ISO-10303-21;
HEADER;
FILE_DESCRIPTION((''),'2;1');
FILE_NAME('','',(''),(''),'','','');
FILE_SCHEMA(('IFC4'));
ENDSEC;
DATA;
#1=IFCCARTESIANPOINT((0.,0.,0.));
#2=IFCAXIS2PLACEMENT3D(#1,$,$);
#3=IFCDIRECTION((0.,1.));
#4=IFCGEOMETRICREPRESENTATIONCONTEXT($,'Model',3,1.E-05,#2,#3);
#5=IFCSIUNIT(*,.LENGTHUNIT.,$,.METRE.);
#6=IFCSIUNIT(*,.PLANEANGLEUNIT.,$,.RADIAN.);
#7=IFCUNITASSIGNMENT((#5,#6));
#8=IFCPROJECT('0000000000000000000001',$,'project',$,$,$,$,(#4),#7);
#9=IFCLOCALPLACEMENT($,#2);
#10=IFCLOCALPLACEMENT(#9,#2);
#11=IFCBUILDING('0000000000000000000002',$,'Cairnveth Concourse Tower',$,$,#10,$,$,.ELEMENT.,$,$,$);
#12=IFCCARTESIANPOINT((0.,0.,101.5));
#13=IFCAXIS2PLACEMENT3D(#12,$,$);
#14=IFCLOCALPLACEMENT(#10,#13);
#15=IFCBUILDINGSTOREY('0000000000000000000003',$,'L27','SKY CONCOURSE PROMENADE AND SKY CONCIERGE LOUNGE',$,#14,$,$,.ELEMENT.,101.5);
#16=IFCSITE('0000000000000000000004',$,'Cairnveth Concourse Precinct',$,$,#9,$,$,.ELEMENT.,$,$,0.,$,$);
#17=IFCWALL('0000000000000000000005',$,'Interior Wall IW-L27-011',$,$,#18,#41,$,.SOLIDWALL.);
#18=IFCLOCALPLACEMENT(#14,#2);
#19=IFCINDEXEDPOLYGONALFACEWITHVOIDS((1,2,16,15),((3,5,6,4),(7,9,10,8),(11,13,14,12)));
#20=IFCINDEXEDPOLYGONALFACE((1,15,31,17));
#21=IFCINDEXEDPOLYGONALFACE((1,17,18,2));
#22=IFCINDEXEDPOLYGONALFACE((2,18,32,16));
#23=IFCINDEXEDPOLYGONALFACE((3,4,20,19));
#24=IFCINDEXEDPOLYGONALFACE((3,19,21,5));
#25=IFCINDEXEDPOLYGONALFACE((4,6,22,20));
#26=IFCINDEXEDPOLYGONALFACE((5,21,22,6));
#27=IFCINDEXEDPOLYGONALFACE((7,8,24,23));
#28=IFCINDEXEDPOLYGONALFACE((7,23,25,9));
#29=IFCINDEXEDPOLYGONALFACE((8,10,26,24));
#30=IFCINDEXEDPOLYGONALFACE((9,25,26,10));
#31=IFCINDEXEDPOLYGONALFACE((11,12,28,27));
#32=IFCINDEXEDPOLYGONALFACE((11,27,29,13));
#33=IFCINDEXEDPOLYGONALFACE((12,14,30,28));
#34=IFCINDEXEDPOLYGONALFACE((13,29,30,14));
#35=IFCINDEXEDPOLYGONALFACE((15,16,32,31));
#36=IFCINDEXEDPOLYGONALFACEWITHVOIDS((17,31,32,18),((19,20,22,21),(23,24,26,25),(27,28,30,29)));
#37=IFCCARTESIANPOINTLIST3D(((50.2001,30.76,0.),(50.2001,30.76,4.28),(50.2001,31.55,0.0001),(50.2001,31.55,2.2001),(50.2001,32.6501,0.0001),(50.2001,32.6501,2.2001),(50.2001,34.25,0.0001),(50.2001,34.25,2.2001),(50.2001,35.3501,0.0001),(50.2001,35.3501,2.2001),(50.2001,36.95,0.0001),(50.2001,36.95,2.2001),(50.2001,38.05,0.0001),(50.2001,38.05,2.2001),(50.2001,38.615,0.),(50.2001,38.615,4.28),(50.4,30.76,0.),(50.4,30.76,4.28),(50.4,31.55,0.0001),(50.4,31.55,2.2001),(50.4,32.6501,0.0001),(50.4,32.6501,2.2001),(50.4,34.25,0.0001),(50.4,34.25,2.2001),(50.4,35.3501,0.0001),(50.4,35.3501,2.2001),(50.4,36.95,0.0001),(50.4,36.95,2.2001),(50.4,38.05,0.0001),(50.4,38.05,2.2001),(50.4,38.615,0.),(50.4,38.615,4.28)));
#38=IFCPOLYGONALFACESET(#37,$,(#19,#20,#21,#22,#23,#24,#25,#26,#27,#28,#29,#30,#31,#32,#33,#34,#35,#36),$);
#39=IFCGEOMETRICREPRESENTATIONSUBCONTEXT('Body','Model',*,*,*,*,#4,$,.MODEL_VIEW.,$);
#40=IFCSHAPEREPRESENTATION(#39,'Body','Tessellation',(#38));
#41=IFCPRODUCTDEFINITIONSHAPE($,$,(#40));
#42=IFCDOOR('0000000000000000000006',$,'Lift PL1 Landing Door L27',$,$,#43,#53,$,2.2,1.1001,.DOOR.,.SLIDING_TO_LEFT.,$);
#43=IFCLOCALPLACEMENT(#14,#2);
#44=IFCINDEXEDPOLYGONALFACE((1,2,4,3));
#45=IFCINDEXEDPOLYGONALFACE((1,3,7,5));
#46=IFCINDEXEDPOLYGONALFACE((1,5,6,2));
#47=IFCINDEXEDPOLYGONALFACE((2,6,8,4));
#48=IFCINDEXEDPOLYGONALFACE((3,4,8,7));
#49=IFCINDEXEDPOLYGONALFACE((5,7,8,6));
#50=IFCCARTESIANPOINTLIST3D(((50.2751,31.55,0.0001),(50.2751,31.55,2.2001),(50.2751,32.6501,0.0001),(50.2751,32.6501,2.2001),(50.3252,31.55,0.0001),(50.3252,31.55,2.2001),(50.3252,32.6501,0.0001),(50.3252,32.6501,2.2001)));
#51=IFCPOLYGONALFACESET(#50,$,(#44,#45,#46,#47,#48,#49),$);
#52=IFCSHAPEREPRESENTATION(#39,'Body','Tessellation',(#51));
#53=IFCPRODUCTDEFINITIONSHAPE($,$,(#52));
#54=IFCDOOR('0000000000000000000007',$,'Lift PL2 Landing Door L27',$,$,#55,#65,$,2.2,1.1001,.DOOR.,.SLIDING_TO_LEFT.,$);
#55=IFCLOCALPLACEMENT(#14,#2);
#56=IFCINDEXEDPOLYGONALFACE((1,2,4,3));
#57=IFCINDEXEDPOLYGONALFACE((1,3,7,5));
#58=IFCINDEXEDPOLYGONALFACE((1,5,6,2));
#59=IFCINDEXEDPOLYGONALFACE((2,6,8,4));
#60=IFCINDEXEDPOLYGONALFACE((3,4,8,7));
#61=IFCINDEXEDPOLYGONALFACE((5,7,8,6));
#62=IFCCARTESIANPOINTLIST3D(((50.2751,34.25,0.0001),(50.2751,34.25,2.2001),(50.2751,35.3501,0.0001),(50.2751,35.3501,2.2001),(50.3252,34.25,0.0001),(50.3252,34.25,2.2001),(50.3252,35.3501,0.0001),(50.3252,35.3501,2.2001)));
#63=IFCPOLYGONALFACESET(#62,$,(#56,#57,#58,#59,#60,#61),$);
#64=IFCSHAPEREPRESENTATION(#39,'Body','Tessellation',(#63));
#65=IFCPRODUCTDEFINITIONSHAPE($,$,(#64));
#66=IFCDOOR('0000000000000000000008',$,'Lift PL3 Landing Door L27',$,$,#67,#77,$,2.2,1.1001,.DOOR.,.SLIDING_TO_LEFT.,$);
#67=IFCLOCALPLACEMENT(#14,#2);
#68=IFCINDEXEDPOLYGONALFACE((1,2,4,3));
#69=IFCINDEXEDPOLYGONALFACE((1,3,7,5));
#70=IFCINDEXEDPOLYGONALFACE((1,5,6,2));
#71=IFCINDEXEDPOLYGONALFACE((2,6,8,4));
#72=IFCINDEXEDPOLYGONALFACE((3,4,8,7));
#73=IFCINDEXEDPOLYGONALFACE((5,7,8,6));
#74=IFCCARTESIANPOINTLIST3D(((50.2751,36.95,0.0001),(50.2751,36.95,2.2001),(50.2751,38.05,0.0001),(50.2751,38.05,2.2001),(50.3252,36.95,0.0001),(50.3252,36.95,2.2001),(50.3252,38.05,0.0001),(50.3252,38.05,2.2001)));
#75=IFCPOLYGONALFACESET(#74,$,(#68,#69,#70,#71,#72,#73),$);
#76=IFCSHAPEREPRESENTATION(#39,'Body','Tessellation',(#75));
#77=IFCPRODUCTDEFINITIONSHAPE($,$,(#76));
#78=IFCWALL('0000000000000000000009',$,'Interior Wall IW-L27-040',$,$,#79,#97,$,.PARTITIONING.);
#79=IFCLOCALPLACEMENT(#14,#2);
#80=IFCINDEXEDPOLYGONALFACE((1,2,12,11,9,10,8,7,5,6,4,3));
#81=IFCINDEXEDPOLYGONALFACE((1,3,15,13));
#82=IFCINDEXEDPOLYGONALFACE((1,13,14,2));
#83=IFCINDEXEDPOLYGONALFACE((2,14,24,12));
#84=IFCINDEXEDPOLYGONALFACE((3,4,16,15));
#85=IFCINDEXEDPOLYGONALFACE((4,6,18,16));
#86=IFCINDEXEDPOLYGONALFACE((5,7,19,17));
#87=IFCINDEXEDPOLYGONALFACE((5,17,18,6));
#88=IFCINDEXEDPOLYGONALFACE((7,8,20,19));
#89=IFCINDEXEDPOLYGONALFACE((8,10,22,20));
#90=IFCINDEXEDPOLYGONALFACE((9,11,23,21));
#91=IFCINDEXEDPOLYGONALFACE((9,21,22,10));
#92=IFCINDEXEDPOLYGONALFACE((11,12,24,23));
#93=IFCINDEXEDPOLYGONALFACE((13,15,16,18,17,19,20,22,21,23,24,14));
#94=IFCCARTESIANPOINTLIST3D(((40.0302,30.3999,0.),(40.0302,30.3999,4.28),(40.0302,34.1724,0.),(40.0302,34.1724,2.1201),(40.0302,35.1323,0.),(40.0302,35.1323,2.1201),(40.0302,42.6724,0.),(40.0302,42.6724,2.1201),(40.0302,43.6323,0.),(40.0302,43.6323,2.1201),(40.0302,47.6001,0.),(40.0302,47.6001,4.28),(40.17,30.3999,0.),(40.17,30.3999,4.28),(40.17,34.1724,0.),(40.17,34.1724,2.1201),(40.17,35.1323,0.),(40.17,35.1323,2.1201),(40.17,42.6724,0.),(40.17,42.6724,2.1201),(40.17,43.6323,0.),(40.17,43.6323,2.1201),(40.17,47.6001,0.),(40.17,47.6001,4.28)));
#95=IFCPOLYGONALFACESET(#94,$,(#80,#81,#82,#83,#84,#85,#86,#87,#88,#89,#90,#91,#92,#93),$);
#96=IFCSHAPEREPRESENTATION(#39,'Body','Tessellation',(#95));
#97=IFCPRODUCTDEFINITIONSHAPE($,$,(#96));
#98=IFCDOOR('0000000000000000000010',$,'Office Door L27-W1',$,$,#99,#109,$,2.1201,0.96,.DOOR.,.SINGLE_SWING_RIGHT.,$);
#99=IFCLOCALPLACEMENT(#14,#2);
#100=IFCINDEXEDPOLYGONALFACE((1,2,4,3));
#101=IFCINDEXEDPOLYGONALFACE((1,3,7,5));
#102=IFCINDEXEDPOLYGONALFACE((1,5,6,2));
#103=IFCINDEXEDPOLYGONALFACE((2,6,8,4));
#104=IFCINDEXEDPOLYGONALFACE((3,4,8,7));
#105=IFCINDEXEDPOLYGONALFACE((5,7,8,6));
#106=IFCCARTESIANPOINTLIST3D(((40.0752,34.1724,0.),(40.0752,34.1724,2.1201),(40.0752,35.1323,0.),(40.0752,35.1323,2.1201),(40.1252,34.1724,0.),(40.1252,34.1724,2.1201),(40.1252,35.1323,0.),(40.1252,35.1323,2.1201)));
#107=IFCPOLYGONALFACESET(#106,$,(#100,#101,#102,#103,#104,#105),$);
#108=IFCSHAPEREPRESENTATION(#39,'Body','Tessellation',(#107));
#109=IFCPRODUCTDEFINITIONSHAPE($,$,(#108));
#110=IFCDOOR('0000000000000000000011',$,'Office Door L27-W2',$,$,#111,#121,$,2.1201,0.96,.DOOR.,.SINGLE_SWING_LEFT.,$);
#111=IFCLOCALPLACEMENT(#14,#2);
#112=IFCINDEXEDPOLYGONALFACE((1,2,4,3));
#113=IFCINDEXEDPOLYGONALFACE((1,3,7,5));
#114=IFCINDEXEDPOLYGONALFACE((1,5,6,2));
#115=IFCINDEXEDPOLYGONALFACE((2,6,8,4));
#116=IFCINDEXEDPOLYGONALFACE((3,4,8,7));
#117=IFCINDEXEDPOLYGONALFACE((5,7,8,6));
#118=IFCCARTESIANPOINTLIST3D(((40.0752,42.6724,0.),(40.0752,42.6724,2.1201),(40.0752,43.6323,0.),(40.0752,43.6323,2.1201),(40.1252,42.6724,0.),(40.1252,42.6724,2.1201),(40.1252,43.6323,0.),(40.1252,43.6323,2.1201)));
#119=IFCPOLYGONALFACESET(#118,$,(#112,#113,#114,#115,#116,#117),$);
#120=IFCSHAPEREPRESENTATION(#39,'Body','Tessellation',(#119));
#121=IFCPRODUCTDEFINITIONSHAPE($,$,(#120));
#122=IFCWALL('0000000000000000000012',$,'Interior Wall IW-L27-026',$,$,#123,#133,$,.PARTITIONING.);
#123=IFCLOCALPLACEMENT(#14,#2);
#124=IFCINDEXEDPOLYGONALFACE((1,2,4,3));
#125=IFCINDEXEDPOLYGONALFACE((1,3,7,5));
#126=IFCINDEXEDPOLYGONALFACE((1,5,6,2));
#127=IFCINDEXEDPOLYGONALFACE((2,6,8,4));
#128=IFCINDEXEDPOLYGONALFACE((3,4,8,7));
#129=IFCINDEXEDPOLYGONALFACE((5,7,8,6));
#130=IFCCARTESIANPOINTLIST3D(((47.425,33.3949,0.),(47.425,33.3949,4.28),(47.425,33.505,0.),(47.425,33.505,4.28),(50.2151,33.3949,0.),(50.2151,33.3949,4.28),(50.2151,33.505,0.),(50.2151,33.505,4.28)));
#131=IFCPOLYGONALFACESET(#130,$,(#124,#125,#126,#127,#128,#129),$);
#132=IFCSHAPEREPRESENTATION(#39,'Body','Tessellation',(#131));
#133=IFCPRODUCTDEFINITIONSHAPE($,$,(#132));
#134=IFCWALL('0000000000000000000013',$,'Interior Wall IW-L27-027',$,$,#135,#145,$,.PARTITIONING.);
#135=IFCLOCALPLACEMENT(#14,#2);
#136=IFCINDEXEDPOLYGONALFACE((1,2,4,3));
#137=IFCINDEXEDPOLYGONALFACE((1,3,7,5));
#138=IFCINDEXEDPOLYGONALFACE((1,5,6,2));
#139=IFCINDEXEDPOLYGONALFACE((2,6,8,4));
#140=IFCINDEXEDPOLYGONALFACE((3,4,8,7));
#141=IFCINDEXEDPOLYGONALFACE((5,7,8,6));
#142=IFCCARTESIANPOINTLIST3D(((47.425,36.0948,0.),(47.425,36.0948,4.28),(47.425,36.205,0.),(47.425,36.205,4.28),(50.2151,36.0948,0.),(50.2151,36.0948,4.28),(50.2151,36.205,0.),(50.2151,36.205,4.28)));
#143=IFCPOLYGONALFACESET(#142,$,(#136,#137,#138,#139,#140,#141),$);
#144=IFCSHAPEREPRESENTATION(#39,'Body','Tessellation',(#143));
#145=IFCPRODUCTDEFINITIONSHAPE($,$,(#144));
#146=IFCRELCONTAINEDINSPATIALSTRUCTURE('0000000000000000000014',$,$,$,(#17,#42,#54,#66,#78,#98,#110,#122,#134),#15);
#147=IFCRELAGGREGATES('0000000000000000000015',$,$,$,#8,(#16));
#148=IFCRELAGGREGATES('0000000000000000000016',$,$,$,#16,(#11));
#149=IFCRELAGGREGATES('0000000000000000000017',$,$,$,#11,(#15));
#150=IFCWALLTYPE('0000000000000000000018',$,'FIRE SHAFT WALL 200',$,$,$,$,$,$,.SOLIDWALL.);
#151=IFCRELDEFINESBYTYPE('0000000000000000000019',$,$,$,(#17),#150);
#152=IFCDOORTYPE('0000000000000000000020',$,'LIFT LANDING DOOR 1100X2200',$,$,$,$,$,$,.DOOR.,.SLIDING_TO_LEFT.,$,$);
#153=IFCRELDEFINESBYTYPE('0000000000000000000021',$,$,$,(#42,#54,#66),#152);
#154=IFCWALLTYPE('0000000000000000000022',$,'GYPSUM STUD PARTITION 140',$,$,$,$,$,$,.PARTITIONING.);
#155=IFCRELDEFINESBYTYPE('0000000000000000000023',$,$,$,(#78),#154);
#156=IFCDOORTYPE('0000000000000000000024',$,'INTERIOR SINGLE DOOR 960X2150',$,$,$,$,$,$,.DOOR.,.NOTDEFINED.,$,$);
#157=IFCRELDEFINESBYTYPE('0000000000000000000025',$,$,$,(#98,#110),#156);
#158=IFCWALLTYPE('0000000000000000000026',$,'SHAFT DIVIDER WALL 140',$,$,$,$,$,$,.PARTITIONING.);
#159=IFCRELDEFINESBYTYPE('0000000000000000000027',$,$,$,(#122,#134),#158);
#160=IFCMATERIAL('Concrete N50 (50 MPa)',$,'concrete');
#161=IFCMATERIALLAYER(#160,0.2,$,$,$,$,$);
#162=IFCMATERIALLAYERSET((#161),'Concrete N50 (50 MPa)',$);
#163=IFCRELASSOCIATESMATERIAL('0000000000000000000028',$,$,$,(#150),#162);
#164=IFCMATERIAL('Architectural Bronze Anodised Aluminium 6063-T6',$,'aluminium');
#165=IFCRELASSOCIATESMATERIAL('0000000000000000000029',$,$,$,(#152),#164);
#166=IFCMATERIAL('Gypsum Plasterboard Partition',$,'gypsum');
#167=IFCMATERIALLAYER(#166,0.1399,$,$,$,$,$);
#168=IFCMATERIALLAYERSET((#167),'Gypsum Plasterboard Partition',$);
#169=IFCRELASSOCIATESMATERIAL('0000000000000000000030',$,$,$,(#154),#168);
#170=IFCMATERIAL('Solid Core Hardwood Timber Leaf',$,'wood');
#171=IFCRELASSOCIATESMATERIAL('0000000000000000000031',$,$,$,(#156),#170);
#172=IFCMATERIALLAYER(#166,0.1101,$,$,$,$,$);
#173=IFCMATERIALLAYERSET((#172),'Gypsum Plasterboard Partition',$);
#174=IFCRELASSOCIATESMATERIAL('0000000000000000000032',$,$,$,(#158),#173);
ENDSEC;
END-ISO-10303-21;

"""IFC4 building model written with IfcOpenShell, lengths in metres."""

from ifc_helpers import new_model, si_unit, direction, frame, frame_2d, origin, place, context, subcontext, project, spatial, rectangle, extrude, material, layer, layer_set, type_object, element, fill, save


model = new_model("IFC4")

# Units and contexts
model_context = context("Model", 3, precision=1e-05, world=origin(), true_north=direction((0.0, 1.0)))
body_context = subcontext(model_context, "Body", "Model", "MODEL_VIEW")
ifc_project = project(units=[si_unit("LENGTHUNIT", "METRE"), si_unit("PLANEANGLEUNIT", "RADIAN")], contexts=[model_context])

# Site, building, storey
site_placement = place(None, origin())
site = spatial("IfcSite", under=ifc_project, at=site_placement, Name="Cairnveth Concourse Precinct", CompositionType="ELEMENT", RefElevation=0.0)
building_placement = place(site_placement, origin())
building = spatial("IfcBuilding", under=site, at=building_placement, Name="Cairnveth Concourse Tower", CompositionType="ELEMENT")
storey_placement = place(building_placement, frame((0.0, 0.0, 101.5)))
storey = spatial("IfcBuildingStorey", under=building, at=storey_placement, Name="L27", Description="SKY CONCOURSE PROMENADE AND SKY CONCIERGE LOUNGE", CompositionType="ELEMENT", Elevation=101.5)

# Shared definitions
ifc_material_1 = material(Name="Concrete N50 (50 MPa)", Category="concrete")

# Walls, openings, doors
ifc_layer_1 = layer(ifc_material_1, 0.2)
ifc_layer_set_1 = layer_set([ifc_layer_1], Name="Concrete N50 (50 MPa)")
wall_type_1 = type_object("IfcWallType", Name="FIRE SHAFT WALL 200", PredefinedType="SOLIDWALL", material=ifc_layer_set_1)
wall_1_placement = place(storey_placement, frame((50.3, 30.76, 0.0), z_axis=(0.0, 0.0, 1.0), x_axis=(0.0, 1.0, 0.0)))
wall_1 = element("IfcWall", 1, at=wall_1_placement, inside=storey, type_object=wall_type_1, Name="Interior Wall IW-L27-011", PredefinedType="SOLIDWALL", context=body_context, shape_type="SweptSolid", body=[
    extrude(rectangle(XDim=7.855, YDim=0.2, at=frame_2d((3.9275, 0.0))), origin(), (0.0, 0.0, 1.0), 4.28),
])
opening_1_placement = place(wall_1_placement, frame((0.79, 0.0, 0.0)))
opening_1 = element("IfcOpeningElement", 2, at=opening_1_placement, cuts=wall_1, PredefinedType="OPENING", context=body_context, shape_type="SweptSolid", body=[
    extrude(rectangle(XDim=1.1001, YDim=2.2, at=frame_2d((0.55, 1.1001))), frame((0.0, 0.1099, 0.0), z_axis=(0.0, -1.0, 0.0), x_axis=(1.0, 0.0, 0.0)), (0.0, 0.0, 1.0), 0.22),
])
opening_2_placement = place(wall_1_placement, frame((3.49, 0.0, 0.0)))
opening_2 = element("IfcOpeningElement", 3, at=opening_2_placement, cuts=wall_1, PredefinedType="OPENING", context=body_context, shape_type="SweptSolid", body=[
    extrude(rectangle(XDim=1.1001, YDim=2.2, at=frame_2d((0.55, 1.1001))), frame((0.0, 0.1099, 0.0), z_axis=(0.0, -1.0, 0.0), x_axis=(1.0, 0.0, 0.0)), (0.0, 0.0, 1.0), 0.22),
])
opening_3_placement = place(wall_1_placement, frame((6.1899, 0.0, 0.0)))
opening_3 = element("IfcOpeningElement", 4, at=opening_3_placement, cuts=wall_1, PredefinedType="OPENING", context=body_context, shape_type="SweptSolid", body=[
    extrude(rectangle(XDim=1.1001, YDim=2.2, at=frame_2d((0.55, 1.1001))), frame((0.0, 0.1099, 0.0), z_axis=(0.0, -1.0, 0.0), x_axis=(1.0, 0.0, 0.0)), (0.0, 0.0, 1.0), 0.22),
])
ifc_material_2 = material(Name="Architectural Bronze Anodised Aluminium 6063-T6", Category="aluminium")
door_type_1 = type_object("IfcDoorType", Name="LIFT LANDING DOOR 1100X2200", OperationType="SLIDING_TO_LEFT", PredefinedType="DOOR", material=ifc_material_2)
door_1_placement = place(opening_1_placement, origin())
door_1 = element("IfcDoor", 5, at=door_1_placement, inside=storey, type_object=door_type_1, Name="Lift PL1 Landing Door L27", OperationType="SLIDING_TO_LEFT", OverallHeight=2.2, OverallWidth=1.1001, PredefinedType="DOOR", context=body_context, shape_type="SweptSolid", body=[
    extrude(rectangle(XDim=1.1001, YDim=2.2, at=frame_2d((0.55, 1.1001))), frame((0.0, 0.0249, 0.0), z_axis=(0.0, -1.0, 0.0), x_axis=(1.0, 0.0, 0.0)), (0.0, 0.0, 1.0), 0.05),
])
fill(opening_1, door_1)
door_2_placement = place(opening_2_placement, origin())
door_2 = element("IfcDoor", 6, at=door_2_placement, inside=storey, type_object=door_type_1, Name="Lift PL2 Landing Door L27", OperationType="SLIDING_TO_LEFT", OverallHeight=2.2, OverallWidth=1.1001, PredefinedType="DOOR", context=body_context, shape_type="SweptSolid", body=[
    extrude(rectangle(XDim=1.1001, YDim=2.2, at=frame_2d((0.55, 1.1001))), frame((0.0, 0.0249, 0.0), z_axis=(0.0, -1.0, 0.0), x_axis=(1.0, 0.0, 0.0)), (0.0, 0.0, 1.0), 0.05),
])
fill(opening_2, door_2)
door_3_placement = place(opening_3_placement, origin())
door_3 = element("IfcDoor", 7, at=door_3_placement, inside=storey, type_object=door_type_1, Name="Lift PL3 Landing Door L27", OperationType="SLIDING_TO_LEFT", OverallHeight=2.2, OverallWidth=1.1001, PredefinedType="DOOR", context=body_context, shape_type="SweptSolid", body=[
    extrude(rectangle(XDim=1.1001, YDim=2.2, at=frame_2d((0.55, 1.1001))), frame((0.0, 0.0249, 0.0), z_axis=(0.0, -1.0, 0.0), x_axis=(1.0, 0.0, 0.0)), (0.0, 0.0, 1.0), 0.05),
])
fill(opening_3, door_3)
ifc_material_3 = material(Name="Gypsum Plasterboard Partition", Category="gypsum")
ifc_layer_2 = layer(ifc_material_3, 0.1399)
ifc_layer_set_2 = layer_set([ifc_layer_2], Name="Gypsum Plasterboard Partition")
wall_type_2 = type_object("IfcWallType", Name="GYPSUM STUD PARTITION 140", PredefinedType="PARTITIONING", material=ifc_layer_set_2)
wall_2_placement = place(storey_placement, frame((40.1001, 30.3999, 0.0), z_axis=(0.0, 0.0, 1.0), x_axis=(0.0, 1.0, 0.0)))
wall_2 = element("IfcWall", 8, at=wall_2_placement, inside=storey, type_object=wall_type_2, Name="Interior Wall IW-L27-040", PredefinedType="PARTITIONING", context=body_context, shape_type="SweptSolid", body=[
    extrude(rectangle(XDim=17.2002, YDim=0.1399, at=frame_2d((8.6001, 0.0))), origin(), (0.0, 0.0, 1.0), 4.28),
])
opening_4_placement = place(wall_2_placement, frame((3.7725, 0.0, 0.0)))
opening_4 = element("IfcOpeningElement", 9, at=opening_4_placement, cuts=wall_2, PredefinedType="OPENING", context=body_context, shape_type="SweptSolid", body=[
    extrude(rectangle(XDim=0.96, YDim=2.1201, at=frame_2d((0.48, 1.0601))), frame((0.0, 0.0798, 0.0), z_axis=(0.0, -1.0, 0.0), x_axis=(1.0, 0.0, 0.0)), (0.0, 0.0, 1.0), 0.1599),
])
opening_5_placement = place(wall_2_placement, frame((12.2725, 0.0, 0.0)))
opening_5 = element("IfcOpeningElement", 10, at=opening_5_placement, cuts=wall_2, PredefinedType="OPENING", context=body_context, shape_type="SweptSolid", body=[
    extrude(rectangle(XDim=0.96, YDim=2.1201, at=frame_2d((0.48, 1.0601))), frame((0.0, 0.0798, 0.0), z_axis=(0.0, -1.0, 0.0), x_axis=(1.0, 0.0, 0.0)), (0.0, 0.0, 1.0), 0.1599),
])
ifc_material_4 = material(Name="Solid Core Hardwood Timber Leaf", Category="wood")
door_type_2 = type_object("IfcDoorType", Name="INTERIOR SINGLE DOOR 960X2150", OperationType="NOTDEFINED", PredefinedType="DOOR", material=ifc_material_4)
door_4_placement = place(opening_4_placement, origin())
door_4 = element("IfcDoor", 11, at=door_4_placement, inside=storey, type_object=door_type_2, Name="Office Door L27-W1", OperationType="SINGLE_SWING_RIGHT", OverallHeight=2.1201, OverallWidth=0.96, PredefinedType="DOOR", context=body_context, shape_type="SweptSolid", body=[
    extrude(rectangle(XDim=0.96, YDim=2.1201, at=frame_2d((0.48, 1.0601))), frame((0.0, 0.0249, 0.0), z_axis=(0.0, -1.0, 0.0), x_axis=(1.0, 0.0, 0.0)), (0.0, 0.0, 1.0), 0.05),
])
fill(opening_4, door_4)
door_5_placement = place(opening_5_placement, origin())
door_5 = element("IfcDoor", 12, at=door_5_placement, inside=storey, type_object=door_type_2, Name="Office Door L27-W2", OperationType="SINGLE_SWING_LEFT", OverallHeight=2.1201, OverallWidth=0.96, PredefinedType="DOOR", context=body_context, shape_type="SweptSolid", body=[
    extrude(rectangle(XDim=0.96, YDim=2.1201, at=frame_2d((0.48, 1.0601))), frame((0.0, 0.0249, 0.0), z_axis=(0.0, -1.0, 0.0), x_axis=(1.0, 0.0, 0.0)), (0.0, 0.0, 1.0), 0.05),
])
fill(opening_5, door_5)

# Walls
ifc_layer_3 = layer(ifc_material_3, 0.1101)
ifc_layer_set_3 = layer_set([ifc_layer_3], Name="Gypsum Plasterboard Partition")
wall_type_3 = type_object("IfcWallType", Name="SHAFT DIVIDER WALL 140", PredefinedType="PARTITIONING", material=ifc_layer_set_3)
for number, where, z_axis, x_axis, name in (
    (13, (47.425, 33.45, 0.0), (0.0, 0.0, 1.0), (1.0, 0.0, 0.0), "Interior Wall IW-L27-026"),
    (14, (47.425, 36.1499, 0.0), (0.0, 0.0, 1.0), (1.0, 0.0, 0.0), "Interior Wall IW-L27-027"),
):
    element("IfcWall", number, at=place(storey_placement, frame(where, z_axis=z_axis, x_axis=x_axis)), inside=storey, type_object=wall_type_3, Name=name, PredefinedType="PARTITIONING", context=body_context, shape_type="SweptSolid", body=[
        extrude(rectangle(XDim=2.79, YDim=0.1101, at=frame_2d((1.395, 0.0))), origin(), (0.0, 0.0, 1.0), 4.28),
    ])

save(model, "model.ifc")
